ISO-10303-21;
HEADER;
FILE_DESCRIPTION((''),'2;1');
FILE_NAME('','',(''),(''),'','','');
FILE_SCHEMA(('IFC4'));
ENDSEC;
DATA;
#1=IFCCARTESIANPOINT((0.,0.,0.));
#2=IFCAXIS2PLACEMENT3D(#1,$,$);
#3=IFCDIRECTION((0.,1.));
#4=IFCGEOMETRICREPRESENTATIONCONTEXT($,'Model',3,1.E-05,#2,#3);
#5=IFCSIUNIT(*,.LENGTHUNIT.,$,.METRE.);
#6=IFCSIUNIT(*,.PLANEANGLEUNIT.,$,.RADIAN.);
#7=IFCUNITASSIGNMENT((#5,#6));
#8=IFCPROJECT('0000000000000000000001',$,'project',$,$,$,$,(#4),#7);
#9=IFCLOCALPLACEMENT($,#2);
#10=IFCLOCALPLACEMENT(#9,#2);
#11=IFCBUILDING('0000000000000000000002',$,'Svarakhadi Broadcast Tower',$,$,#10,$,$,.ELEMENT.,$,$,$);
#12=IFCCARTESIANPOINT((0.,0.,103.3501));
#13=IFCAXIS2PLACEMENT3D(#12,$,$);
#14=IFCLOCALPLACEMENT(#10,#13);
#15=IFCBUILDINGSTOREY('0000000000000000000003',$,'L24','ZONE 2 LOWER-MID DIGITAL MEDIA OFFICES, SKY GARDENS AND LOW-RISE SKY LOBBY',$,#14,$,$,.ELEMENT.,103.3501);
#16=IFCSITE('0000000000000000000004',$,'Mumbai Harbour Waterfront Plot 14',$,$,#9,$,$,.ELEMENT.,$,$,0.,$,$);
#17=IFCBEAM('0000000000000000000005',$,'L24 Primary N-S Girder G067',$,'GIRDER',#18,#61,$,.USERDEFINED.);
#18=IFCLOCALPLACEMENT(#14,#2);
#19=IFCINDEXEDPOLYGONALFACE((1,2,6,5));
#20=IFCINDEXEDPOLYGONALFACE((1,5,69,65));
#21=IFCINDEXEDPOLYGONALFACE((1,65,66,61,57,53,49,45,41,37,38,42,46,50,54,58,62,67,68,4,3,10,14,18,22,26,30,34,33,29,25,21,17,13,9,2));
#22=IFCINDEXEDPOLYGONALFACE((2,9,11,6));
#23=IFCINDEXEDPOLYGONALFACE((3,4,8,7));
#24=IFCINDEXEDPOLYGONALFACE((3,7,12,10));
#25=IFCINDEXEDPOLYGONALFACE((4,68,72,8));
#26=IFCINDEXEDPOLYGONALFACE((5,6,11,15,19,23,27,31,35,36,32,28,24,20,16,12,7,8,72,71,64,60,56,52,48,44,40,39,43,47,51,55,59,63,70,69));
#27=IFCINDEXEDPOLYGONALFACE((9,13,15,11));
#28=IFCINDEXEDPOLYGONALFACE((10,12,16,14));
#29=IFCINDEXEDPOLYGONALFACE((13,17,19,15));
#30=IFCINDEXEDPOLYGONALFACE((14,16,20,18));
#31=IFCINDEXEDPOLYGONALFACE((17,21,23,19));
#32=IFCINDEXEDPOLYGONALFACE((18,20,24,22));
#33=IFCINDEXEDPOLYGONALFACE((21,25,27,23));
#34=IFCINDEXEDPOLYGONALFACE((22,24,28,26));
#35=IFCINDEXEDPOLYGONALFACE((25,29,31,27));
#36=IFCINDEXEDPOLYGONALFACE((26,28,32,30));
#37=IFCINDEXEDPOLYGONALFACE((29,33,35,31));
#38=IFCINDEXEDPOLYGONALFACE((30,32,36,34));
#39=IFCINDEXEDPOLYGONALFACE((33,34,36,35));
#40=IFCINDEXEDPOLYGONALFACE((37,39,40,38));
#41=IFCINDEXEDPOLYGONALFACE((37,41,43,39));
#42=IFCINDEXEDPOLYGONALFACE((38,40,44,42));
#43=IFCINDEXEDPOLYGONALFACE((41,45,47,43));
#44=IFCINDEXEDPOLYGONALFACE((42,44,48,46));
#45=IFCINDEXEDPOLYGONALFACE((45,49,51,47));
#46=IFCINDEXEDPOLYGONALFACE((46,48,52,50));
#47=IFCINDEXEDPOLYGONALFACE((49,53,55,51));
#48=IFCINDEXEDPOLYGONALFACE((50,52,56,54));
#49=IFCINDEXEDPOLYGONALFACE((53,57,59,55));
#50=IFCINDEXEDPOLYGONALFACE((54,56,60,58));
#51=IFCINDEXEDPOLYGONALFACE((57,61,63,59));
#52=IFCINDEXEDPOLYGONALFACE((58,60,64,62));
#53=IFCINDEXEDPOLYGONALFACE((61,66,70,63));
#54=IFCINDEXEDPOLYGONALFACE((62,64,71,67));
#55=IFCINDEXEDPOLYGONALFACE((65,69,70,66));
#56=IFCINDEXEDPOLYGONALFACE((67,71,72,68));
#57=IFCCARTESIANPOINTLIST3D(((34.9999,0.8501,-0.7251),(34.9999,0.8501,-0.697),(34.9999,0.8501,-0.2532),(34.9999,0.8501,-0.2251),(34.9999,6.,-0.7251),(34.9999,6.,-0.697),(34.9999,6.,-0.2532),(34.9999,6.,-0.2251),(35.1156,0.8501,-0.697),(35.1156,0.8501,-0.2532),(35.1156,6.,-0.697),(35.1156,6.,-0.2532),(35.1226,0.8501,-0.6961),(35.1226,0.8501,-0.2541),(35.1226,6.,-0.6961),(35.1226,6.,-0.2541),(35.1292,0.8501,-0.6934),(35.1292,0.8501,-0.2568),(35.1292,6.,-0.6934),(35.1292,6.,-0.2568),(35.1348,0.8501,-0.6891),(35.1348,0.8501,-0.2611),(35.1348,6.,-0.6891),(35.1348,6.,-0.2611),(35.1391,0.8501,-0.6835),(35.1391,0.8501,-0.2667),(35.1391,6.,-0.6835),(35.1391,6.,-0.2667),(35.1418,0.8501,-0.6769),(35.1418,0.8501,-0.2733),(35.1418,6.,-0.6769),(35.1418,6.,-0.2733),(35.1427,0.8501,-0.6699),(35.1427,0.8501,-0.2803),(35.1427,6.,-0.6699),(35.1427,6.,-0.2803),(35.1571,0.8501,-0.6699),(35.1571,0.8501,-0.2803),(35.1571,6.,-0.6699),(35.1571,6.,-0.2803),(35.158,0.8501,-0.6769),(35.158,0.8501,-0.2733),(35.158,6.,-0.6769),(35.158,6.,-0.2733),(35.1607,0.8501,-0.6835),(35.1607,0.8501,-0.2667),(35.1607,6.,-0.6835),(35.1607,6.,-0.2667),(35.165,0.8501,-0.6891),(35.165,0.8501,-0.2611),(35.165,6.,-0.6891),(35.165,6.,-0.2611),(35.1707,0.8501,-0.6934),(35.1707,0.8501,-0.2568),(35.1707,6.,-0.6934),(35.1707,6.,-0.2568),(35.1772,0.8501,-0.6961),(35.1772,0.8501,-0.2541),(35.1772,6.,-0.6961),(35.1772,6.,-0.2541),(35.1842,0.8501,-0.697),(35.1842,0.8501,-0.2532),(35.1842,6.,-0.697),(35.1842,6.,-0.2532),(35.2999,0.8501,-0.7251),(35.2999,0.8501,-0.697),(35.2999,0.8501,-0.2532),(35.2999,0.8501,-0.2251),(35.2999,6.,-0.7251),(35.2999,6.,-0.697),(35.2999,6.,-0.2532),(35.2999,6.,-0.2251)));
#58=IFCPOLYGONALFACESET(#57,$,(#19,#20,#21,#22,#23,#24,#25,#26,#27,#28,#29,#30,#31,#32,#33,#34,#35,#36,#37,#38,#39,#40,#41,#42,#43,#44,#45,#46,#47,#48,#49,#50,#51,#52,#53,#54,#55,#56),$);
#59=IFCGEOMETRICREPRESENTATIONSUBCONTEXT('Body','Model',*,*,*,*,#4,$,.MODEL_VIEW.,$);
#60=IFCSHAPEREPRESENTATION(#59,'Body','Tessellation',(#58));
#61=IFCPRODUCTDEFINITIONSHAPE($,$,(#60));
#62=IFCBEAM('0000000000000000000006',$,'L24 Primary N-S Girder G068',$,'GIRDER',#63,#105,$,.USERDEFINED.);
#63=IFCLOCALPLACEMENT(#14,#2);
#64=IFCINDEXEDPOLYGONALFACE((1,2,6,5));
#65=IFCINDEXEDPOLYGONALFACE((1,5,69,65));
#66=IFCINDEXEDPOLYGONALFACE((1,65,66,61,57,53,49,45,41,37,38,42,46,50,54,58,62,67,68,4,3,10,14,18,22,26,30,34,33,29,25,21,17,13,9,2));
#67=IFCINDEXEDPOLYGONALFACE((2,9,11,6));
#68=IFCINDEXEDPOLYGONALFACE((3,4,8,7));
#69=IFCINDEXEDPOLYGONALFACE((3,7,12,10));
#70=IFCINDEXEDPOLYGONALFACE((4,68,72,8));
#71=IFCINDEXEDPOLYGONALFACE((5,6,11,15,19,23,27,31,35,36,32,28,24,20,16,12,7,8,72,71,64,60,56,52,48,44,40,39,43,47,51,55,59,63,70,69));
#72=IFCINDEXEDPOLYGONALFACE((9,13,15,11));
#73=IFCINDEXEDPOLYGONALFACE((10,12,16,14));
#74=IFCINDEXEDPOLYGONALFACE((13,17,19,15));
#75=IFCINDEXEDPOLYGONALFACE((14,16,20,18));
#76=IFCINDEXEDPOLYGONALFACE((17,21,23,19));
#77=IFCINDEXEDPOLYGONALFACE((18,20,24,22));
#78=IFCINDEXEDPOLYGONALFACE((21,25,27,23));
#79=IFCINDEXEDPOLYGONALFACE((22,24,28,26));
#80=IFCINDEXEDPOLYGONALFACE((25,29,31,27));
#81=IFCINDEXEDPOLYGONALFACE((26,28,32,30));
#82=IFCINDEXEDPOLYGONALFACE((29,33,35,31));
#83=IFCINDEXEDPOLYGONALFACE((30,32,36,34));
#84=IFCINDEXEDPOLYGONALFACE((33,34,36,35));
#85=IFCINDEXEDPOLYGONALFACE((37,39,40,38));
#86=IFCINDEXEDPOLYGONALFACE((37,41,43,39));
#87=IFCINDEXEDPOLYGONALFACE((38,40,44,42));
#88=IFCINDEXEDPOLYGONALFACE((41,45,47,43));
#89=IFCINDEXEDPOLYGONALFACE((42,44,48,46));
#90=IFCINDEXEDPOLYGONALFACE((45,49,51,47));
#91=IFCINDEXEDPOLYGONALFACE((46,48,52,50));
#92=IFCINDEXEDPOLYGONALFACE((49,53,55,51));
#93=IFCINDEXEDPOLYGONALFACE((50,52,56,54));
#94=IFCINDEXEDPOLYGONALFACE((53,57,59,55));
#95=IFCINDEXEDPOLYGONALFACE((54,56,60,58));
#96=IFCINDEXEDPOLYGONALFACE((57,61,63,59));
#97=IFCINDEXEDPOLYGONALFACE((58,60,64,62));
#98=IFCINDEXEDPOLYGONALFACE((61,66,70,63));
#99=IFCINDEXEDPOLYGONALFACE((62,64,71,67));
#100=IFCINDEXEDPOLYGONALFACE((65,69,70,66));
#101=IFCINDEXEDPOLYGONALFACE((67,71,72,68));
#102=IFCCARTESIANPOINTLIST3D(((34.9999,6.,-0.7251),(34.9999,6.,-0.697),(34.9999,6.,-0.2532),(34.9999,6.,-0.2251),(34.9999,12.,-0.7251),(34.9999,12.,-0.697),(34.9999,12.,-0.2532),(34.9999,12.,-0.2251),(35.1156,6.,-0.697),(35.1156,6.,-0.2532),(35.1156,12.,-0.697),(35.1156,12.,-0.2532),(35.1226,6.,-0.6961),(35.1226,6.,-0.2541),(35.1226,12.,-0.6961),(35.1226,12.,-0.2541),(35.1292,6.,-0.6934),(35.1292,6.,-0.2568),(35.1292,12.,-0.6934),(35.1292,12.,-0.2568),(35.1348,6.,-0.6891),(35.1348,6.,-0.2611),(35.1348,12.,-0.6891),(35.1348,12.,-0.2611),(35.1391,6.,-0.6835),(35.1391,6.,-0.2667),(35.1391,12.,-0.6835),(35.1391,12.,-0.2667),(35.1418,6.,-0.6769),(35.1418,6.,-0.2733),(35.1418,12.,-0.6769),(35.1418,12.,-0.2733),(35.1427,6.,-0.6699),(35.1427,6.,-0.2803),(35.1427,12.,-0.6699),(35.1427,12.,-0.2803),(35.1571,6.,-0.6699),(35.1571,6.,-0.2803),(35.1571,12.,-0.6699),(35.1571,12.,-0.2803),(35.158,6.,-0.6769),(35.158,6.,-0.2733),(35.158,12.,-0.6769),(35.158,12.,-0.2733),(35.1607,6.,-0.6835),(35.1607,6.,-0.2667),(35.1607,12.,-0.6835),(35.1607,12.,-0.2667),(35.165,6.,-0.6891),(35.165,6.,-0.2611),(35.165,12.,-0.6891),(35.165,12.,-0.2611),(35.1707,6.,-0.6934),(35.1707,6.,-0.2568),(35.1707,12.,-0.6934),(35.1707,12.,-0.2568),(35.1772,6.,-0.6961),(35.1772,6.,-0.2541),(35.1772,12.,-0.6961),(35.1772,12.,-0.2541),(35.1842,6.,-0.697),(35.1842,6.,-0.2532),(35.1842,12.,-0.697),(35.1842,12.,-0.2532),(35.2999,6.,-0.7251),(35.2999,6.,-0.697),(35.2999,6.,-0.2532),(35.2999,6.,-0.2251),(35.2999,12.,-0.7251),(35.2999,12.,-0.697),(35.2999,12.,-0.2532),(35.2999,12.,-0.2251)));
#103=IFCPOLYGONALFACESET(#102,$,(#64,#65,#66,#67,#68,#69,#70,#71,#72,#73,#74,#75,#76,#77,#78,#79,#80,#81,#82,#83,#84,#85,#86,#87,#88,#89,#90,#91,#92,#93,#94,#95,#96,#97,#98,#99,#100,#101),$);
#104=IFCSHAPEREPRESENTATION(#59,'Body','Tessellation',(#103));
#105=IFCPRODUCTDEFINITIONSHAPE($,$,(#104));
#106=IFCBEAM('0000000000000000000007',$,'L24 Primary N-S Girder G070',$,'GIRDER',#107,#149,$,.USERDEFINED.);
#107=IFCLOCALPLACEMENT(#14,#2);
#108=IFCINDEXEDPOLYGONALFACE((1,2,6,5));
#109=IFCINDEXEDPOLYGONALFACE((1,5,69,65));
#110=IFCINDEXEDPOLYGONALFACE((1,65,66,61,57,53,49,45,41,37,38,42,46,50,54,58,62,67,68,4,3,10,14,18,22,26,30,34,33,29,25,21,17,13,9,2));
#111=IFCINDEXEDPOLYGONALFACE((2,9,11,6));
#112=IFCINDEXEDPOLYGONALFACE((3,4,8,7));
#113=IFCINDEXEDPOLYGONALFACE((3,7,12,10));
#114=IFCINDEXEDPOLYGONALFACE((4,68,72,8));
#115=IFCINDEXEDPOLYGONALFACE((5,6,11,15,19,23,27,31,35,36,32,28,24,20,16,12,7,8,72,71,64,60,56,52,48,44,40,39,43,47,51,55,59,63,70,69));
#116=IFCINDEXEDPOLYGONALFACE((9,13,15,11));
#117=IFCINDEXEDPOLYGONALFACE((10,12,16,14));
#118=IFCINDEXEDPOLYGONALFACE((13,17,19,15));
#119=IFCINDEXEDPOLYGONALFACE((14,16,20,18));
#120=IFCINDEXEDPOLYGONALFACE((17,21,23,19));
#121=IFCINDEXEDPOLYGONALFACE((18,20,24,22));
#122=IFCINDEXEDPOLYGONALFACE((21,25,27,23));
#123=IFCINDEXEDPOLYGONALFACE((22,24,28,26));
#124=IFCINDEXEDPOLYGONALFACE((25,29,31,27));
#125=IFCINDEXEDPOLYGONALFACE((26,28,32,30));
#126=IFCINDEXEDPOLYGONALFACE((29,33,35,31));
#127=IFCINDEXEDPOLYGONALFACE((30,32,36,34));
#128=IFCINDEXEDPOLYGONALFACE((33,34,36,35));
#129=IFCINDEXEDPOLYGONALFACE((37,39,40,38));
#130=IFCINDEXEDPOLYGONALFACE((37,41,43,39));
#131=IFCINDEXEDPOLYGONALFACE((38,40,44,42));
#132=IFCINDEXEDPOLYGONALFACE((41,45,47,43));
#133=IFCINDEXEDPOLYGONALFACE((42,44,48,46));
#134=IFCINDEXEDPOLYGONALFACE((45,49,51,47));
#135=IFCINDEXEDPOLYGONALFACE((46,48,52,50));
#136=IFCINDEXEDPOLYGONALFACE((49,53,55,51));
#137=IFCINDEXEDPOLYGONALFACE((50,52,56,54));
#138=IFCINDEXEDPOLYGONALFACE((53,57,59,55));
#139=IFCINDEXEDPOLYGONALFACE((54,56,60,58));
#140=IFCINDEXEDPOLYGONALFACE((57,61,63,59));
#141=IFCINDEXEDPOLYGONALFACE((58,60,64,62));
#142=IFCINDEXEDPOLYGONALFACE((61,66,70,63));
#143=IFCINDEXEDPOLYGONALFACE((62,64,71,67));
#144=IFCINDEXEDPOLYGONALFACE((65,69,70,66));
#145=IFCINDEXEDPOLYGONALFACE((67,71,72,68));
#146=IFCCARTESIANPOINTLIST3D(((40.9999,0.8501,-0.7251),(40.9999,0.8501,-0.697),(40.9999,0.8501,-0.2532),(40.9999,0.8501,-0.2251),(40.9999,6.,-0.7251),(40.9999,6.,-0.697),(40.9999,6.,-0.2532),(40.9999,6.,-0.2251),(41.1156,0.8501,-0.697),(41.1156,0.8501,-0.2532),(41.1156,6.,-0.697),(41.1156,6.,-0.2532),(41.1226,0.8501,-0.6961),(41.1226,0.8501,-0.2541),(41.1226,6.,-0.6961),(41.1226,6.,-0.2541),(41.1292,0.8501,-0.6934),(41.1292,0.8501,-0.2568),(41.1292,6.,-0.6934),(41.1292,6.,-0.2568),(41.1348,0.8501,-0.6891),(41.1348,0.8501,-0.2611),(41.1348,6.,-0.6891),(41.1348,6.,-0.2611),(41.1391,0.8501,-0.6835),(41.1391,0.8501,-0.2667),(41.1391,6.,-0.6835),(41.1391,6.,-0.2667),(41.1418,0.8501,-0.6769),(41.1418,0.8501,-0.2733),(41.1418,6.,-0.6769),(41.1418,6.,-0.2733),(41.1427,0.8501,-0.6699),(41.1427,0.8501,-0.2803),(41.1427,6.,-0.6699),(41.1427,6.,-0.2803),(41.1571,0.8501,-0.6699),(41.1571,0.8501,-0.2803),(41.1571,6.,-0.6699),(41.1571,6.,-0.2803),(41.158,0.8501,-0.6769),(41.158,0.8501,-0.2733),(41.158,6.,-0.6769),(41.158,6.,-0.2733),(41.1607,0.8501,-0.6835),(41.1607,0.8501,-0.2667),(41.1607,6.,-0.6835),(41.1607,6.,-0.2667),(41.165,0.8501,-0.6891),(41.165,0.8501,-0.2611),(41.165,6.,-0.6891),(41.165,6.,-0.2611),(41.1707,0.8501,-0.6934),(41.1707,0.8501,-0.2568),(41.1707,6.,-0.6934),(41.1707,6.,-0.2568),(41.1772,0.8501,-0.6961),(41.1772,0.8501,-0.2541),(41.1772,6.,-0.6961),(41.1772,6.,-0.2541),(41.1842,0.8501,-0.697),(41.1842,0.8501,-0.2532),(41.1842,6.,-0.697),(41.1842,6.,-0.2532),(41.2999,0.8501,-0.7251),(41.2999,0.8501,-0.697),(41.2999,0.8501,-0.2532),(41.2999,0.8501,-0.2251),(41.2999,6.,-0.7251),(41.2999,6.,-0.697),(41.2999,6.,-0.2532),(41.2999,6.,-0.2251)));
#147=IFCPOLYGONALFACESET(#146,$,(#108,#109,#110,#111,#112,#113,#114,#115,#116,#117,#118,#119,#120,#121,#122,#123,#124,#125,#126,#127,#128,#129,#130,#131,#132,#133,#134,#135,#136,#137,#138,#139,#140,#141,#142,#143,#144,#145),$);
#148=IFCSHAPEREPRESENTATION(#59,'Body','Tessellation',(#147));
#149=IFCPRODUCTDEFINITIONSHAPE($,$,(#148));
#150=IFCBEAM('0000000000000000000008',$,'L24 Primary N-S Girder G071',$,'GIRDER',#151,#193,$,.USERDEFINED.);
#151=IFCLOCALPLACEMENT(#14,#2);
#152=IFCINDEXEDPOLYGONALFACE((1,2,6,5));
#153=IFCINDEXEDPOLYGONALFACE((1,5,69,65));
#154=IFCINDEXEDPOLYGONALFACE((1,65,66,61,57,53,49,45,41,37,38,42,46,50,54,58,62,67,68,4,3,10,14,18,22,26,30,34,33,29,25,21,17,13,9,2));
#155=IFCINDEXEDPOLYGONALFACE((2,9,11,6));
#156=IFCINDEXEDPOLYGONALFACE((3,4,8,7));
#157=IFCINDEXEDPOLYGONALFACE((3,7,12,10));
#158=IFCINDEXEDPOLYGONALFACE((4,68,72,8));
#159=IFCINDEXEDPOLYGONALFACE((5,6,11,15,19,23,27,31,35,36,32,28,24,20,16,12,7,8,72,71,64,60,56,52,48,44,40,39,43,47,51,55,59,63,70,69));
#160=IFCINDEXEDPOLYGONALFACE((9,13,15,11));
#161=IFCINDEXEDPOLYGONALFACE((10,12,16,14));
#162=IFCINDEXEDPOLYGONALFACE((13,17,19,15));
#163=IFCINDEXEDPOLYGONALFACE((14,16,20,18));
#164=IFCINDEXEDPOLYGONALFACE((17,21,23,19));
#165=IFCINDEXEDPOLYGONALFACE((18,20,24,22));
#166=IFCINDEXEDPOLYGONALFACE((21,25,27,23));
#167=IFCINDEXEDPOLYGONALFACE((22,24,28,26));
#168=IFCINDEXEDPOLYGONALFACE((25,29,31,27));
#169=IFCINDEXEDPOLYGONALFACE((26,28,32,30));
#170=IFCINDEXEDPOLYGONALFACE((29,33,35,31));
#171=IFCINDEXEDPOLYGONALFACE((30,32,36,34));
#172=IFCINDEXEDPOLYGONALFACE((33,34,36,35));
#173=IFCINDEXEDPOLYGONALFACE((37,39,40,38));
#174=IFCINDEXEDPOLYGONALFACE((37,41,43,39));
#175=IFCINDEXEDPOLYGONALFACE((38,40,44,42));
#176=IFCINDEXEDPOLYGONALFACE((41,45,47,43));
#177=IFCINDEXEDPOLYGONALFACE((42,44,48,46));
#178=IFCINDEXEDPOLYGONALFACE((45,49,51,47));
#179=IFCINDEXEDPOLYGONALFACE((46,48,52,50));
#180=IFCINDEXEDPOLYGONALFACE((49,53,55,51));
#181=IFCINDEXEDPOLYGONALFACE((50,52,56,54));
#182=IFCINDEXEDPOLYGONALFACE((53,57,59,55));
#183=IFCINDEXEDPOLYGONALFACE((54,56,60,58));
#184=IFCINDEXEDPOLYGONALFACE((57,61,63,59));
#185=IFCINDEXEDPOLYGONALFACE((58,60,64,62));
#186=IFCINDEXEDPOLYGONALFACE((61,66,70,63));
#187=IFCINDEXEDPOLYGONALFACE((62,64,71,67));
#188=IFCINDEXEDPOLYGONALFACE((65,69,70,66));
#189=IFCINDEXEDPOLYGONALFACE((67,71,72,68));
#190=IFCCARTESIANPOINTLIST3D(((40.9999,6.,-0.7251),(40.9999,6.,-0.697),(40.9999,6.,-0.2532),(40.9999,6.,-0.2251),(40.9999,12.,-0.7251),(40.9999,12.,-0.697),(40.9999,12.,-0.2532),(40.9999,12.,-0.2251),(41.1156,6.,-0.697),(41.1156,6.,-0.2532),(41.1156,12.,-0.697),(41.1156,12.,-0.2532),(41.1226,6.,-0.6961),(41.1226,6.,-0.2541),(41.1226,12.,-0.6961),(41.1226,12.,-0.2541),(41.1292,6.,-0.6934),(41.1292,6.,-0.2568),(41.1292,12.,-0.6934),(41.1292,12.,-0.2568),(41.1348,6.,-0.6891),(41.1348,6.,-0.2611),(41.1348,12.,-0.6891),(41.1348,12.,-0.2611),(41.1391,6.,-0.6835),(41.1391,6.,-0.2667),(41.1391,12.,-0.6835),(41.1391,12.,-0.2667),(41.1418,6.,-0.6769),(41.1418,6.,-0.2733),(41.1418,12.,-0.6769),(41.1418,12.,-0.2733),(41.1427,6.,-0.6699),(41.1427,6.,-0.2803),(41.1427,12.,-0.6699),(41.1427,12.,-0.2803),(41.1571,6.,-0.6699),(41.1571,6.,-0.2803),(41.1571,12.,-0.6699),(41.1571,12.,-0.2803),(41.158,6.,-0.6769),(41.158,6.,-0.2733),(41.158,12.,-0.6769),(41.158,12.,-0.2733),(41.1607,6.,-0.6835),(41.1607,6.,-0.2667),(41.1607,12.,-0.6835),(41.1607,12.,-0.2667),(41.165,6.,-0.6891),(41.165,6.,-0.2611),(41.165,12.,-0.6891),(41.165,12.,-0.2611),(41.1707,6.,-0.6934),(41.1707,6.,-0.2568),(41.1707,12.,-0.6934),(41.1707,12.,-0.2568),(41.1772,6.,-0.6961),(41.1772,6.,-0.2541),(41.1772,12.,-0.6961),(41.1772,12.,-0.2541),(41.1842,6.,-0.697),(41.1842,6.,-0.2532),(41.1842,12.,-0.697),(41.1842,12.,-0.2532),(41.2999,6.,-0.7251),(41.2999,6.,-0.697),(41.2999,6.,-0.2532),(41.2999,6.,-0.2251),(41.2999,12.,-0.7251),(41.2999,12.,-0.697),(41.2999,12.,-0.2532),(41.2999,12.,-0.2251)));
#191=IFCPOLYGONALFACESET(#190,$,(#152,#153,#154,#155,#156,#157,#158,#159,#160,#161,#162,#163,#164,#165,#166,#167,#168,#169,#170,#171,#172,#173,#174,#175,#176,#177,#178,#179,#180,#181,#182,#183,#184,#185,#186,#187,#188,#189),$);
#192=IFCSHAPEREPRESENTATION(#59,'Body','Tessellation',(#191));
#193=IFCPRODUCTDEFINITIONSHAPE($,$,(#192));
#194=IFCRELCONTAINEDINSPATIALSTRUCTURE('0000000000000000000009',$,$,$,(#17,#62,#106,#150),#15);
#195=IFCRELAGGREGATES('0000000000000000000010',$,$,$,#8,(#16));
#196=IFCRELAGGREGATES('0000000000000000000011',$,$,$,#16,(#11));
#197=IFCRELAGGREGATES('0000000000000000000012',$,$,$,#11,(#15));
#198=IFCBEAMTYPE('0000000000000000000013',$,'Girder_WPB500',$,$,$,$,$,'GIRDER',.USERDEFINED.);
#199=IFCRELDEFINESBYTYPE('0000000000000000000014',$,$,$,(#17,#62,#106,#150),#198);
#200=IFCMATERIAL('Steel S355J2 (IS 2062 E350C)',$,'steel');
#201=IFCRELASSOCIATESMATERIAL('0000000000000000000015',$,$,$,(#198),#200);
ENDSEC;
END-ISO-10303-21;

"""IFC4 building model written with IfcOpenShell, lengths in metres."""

from ifc_helpers import new_model, si_unit, direction, frame, origin, origin_2d, place, context, subcontext, project, spatial, i_section, extrude, material, material_profile, profile_set, type_object, element, save


model = new_model("IFC4")

# Units and contexts
model_context = context("Model", 3, precision=1e-05, world=origin(), true_north=direction((0.0, 1.0)))
body_context = subcontext(model_context, "Body", "Model", "MODEL_VIEW")
ifc_project = project(units=[si_unit("LENGTHUNIT", "METRE"), si_unit("PLANEANGLEUNIT", "RADIAN")], contexts=[model_context])

# Site, building, storey
site_placement = place(None, origin())
site = spatial("IfcSite", under=ifc_project, at=site_placement, Name="Mumbai Harbour Waterfront Plot 14", CompositionType="ELEMENT", RefElevation=0.0)
building_placement = place(site_placement, origin())
building = spatial("IfcBuilding", under=site, at=building_placement, Name="Svarakhadi Broadcast Tower", CompositionType="ELEMENT")
storey_placement = place(building_placement, frame((0.0, 0.0, 103.3501)))
storey = spatial("IfcBuildingStorey", under=building, at=storey_placement, Name="L24", Description="ZONE 2 LOWER-MID DIGITAL MEDIA OFFICES, SKY GARDENS AND LOW-RISE SKY LOBBY", CompositionType="ELEMENT", Elevation=103.3501)

# Shared definitions
ifc_material_1 = material(Name="Steel S355J2 (IS 2062 E350C)", Category="steel")

# Beams
ifc_material_profile_1 = material_profile(ifc_material_1, i_section(OverallWidth=0.3, OverallDepth=0.5, WebThickness=0.0144, FlangeThickness=0.0281, FilletRadius=0.0271, at=origin_2d()), Name="WPB 500x300x187")
ifc_profile_set_1 = profile_set([ifc_material_profile_1], Name="Steel S355J2 (IS 2062 E350C)")
beam_type_1 = type_object("IfcBeamType", Name="Girder_WPB500", ElementType="GIRDER", PredefinedType="USERDEFINED", material=ifc_profile_set_1)
beam_1_placement = place(storey_placement, frame((35.1499, 0.8501, -0.4751), z_axis=(0.0, 1.0, 0.0), x_axis=(-1.0, 0.0, 0.0)))
element("IfcBeam", 1, at=beam_1_placement, inside=storey, type_object=beam_type_1, Name="L24 Primary N-S Girder G067", ObjectType="GIRDER", PredefinedType="USERDEFINED", context=body_context, shape_type="SweptSolid", body=[
    extrude(i_section(OverallWidth=0.3, OverallDepth=0.5, WebThickness=0.0144, FlangeThickness=0.0281, FilletRadius=0.0271, at=origin_2d()), origin(), (0.0, 0.0, 1.0), 5.1499),
])
beam_2_placement = place(storey_placement, frame((35.1499, 6.0, -0.4751), z_axis=(0.0, 1.0, 0.0), x_axis=(-1.0, 0.0, 0.0)))
element("IfcBeam", 2, at=beam_2_placement, inside=storey, type_object=beam_type_1, Name="L24 Primary N-S Girder G068", ObjectType="GIRDER", PredefinedType="USERDEFINED", context=body_context, shape_type="SweptSolid", body=[
    extrude(i_section(OverallWidth=0.3, OverallDepth=0.5, WebThickness=0.0144, FlangeThickness=0.0281, FilletRadius=0.0271, at=origin_2d()), origin(), (0.0, 0.0, 1.0), 6.0),
])
beam_3_placement = place(storey_placement, frame((41.1499, 0.8501, -0.4751), z_axis=(0.0, 1.0, 0.0), x_axis=(-1.0, 0.0, 0.0)))
element("IfcBeam", 3, at=beam_3_placement, inside=storey, type_object=beam_type_1, Name="L24 Primary N-S Girder G070", ObjectType="GIRDER", PredefinedType="USERDEFINED", context=body_context, shape_type="SweptSolid", body=[
    extrude(i_section(OverallWidth=0.3, OverallDepth=0.5, WebThickness=0.0144, FlangeThickness=0.0281, FilletRadius=0.0271, at=origin_2d()), origin(), (0.0, 0.0, 1.0), 5.1499),
])
beam_4_placement = place(storey_placement, frame((41.1499, 6.0, -0.4751), z_axis=(0.0, 1.0, 0.0), x_axis=(-1.0, 0.0, 0.0)))
element("IfcBeam", 4, at=beam_4_placement, inside=storey, type_object=beam_type_1, Name="L24 Primary N-S Girder G071", ObjectType="GIRDER", PredefinedType="USERDEFINED", context=body_context, shape_type="SweptSolid", body=[
    extrude(i_section(OverallWidth=0.3, OverallDepth=0.5, WebThickness=0.0144, FlangeThickness=0.0281, FilletRadius=0.0271, at=origin_2d()), origin(), (0.0, 0.0, 1.0), 6.0),
])

save(model, "model.ifc")
